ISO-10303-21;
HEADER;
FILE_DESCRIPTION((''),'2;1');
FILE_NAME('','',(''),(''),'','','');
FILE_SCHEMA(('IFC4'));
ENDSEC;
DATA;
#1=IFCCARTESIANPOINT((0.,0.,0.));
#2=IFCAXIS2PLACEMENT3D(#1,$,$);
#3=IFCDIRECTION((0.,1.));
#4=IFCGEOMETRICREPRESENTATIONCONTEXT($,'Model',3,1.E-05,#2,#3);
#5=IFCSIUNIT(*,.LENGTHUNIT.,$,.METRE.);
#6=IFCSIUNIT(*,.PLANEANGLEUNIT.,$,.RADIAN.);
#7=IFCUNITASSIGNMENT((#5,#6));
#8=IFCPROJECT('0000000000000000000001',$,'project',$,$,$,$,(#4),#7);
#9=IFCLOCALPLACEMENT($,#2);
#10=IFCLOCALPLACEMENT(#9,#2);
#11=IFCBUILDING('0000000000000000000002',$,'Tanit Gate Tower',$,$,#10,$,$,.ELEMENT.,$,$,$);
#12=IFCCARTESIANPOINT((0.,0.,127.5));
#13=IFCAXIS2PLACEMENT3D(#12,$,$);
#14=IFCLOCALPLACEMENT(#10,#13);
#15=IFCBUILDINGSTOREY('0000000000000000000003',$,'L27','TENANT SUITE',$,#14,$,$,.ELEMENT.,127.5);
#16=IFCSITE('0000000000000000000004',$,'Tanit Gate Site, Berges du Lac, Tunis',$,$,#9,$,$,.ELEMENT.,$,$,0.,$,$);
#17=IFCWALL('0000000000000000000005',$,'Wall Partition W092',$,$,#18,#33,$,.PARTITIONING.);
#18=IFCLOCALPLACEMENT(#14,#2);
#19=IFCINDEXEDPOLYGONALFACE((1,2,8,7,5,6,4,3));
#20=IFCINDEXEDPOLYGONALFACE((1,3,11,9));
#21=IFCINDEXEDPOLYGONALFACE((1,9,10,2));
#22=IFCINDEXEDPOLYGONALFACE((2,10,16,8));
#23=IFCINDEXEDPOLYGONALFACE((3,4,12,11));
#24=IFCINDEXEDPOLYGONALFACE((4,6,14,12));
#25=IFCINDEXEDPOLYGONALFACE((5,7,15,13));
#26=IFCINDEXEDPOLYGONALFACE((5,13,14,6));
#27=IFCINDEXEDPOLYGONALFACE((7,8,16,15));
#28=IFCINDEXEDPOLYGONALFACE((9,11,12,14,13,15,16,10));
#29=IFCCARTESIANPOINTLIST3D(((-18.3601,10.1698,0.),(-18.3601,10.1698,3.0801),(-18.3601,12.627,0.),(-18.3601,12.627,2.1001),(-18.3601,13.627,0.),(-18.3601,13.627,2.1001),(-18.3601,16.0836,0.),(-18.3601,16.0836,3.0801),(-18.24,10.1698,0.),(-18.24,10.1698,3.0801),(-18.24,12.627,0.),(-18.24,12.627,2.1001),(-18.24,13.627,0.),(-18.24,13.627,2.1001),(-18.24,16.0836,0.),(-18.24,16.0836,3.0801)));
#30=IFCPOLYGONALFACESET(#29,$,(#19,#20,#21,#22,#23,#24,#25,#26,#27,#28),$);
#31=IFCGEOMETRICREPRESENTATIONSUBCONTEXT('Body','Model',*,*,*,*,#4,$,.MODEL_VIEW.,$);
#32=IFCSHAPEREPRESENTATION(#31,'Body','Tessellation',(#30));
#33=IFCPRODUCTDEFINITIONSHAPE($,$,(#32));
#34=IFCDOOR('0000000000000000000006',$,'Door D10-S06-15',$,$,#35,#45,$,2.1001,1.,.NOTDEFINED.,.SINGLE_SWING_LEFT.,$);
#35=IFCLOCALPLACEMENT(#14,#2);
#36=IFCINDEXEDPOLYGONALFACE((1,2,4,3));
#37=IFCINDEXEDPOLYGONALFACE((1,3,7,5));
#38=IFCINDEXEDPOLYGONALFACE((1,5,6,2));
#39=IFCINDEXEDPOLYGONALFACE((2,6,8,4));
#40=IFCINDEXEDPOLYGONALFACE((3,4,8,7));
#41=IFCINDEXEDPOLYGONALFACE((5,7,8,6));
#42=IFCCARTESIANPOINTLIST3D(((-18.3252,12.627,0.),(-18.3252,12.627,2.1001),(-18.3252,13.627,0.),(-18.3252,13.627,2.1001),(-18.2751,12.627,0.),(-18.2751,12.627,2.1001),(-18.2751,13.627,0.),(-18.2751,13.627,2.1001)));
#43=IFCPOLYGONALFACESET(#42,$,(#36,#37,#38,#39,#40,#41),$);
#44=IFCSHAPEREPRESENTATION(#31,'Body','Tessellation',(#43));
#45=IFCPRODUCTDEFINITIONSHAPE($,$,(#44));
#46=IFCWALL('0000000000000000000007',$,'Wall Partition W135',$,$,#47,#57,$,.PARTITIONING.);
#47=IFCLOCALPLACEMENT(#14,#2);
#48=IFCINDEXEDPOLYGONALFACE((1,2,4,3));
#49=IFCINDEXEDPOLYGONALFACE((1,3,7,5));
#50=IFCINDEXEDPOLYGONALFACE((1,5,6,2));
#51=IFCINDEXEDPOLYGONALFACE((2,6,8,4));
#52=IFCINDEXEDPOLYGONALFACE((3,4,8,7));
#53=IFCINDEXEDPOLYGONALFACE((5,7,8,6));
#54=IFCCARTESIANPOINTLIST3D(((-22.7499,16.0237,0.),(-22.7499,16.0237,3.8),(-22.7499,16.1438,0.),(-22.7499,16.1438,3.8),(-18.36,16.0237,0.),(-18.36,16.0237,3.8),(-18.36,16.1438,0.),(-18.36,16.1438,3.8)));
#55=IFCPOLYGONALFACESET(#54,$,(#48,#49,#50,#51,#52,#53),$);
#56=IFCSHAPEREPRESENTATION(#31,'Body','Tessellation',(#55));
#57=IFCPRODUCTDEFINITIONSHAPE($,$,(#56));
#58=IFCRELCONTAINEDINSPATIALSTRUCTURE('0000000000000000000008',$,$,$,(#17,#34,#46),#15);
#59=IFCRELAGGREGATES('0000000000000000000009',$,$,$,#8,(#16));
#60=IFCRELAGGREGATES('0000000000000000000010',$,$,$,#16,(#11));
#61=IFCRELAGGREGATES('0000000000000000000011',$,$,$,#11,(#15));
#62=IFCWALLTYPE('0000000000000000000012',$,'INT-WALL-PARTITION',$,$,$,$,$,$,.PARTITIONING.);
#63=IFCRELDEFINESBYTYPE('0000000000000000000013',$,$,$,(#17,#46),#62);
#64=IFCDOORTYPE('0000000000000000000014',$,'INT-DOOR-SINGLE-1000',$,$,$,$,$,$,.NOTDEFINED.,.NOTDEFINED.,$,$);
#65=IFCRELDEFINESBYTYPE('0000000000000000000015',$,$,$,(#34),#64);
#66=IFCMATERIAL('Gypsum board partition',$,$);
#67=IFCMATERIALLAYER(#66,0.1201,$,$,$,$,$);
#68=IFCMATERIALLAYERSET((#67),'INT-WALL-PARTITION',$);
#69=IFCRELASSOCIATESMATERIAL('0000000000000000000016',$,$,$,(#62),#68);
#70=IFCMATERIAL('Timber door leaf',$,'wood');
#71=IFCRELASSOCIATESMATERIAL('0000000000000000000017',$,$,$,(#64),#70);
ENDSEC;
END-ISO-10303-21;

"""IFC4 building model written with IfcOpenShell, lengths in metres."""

from ifc_helpers import new_model, si_unit, direction, frame, frame_2d, origin, place, context, subcontext, project, spatial, rectangle, extrude, material, layer, layer_set, type_object, element, fill, save


model = new_model("IFC4")

# Units and contexts
model_context = context("Model", 3, precision=1e-05, world=origin(), true_north=direction((0.0, 1.0)))
body_context = subcontext(model_context, "Body", "Model", "MODEL_VIEW")
ifc_project = project(units=[si_unit("LENGTHUNIT", "METRE"), si_unit("PLANEANGLEUNIT", "RADIAN")], contexts=[model_context])

# Site, building, storey
site_placement = place(None, origin())
site = spatial("IfcSite", under=ifc_project, at=site_placement, Name="Tanit Gate Site, Berges du Lac, Tunis", CompositionType="ELEMENT", RefElevation=0.0)
building_placement = place(site_placement, origin())
building = spatial("IfcBuilding", under=site, at=building_placement, Name="Tanit Gate Tower", CompositionType="ELEMENT")
storey_placement = place(building_placement, frame((0.0, 0.0, 127.5)))
storey = spatial("IfcBuildingStorey", under=building, at=storey_placement, Name="L27", Description="TENANT SUITE", CompositionType="ELEMENT", Elevation=127.5)

# Wall, opening, door
ifc_material_1 = material(Name="Gypsum board partition")
ifc_layer_1 = layer(ifc_material_1, 0.1201)
ifc_layer_set_1 = layer_set([ifc_layer_1], Name="INT-WALL-PARTITION")
wall_type_1 = type_object("IfcWallType", Name="INT-WALL-PARTITION", PredefinedType="PARTITIONING", material=ifc_layer_set_1)
wall_1_placement = place(storey_placement, frame((-18.3, 16.0837, 0.0), z_axis=(0.0, 0.0, 1.0), x_axis=(0.0, -1.0, 0.0)))
wall_1 = element("IfcWall", 1, at=wall_1_placement, inside=storey, type_object=wall_type_1, Name="Wall Partition W092", PredefinedType="PARTITIONING", context=body_context, shape_type="SweptSolid", body=[
    extrude(rectangle(XDim=5.9138, YDim=0.1201, at=frame_2d((2.957, 0.0))), origin(), (0.0, 0.0, 1.0), 3.0801),
])
opening_1_placement = place(wall_1_placement, frame((2.4568, 0.0, 0.0)))
opening_1 = element("IfcOpeningElement", 2, at=opening_1_placement, cuts=wall_1, PredefinedType="OPENING", context=body_context, shape_type="SweptSolid", body=[
    extrude(rectangle(XDim=1.0, YDim=2.1001, at=frame_2d((0.5, 1.05))), frame((0.0, 0.0701, 0.0), z_axis=(0.0, -1.0, 0.0), x_axis=(1.0, 0.0, 0.0)), (0.0, 0.0, 1.0), 0.1401),
])
ifc_material_2 = material(Name="Timber door leaf", Category="wood")
door_type_1 = type_object("IfcDoorType", Name="INT-DOOR-SINGLE-1000", OperationType="NOTDEFINED", PredefinedType="NOTDEFINED", material=ifc_material_2)
door_1_placement = place(opening_1_placement, origin())
door_1 = element("IfcDoor", 3, at=door_1_placement, inside=storey, type_object=door_type_1, Name="Door D10-S06-15", OperationType="SINGLE_SWING_LEFT", OverallHeight=2.1001, OverallWidth=1.0, PredefinedType="NOTDEFINED", context=body_context, shape_type="SweptSolid", body=[
    extrude(rectangle(XDim=1.0, YDim=2.1001, at=frame_2d((0.5, 1.05))), frame((0.0, 0.0249, 0.0), z_axis=(0.0, -1.0, 0.0), x_axis=(1.0, 0.0, 0.0)), (0.0, 0.0, 1.0), 0.05),
])
fill(opening_1, door_1)

# Wall
wall_2_placement = place(storey_placement, frame((-18.3601, 16.0837, 0.0), z_axis=(0.0, 0.0, 1.0), x_axis=(-1.0, 0.0, 0.0)))
element("IfcWall", 4, at=wall_2_placement, inside=storey, type_object=wall_type_1, Name="Wall Partition W135", PredefinedType="PARTITIONING", context=body_context, shape_type="SweptSolid", body=[
    extrude(rectangle(XDim=4.3899, YDim=0.1201, at=frame_2d((2.1948, 0.0))), origin(), (0.0, 0.0, 1.0), 3.8),
])

save(model, "model.ifc")
